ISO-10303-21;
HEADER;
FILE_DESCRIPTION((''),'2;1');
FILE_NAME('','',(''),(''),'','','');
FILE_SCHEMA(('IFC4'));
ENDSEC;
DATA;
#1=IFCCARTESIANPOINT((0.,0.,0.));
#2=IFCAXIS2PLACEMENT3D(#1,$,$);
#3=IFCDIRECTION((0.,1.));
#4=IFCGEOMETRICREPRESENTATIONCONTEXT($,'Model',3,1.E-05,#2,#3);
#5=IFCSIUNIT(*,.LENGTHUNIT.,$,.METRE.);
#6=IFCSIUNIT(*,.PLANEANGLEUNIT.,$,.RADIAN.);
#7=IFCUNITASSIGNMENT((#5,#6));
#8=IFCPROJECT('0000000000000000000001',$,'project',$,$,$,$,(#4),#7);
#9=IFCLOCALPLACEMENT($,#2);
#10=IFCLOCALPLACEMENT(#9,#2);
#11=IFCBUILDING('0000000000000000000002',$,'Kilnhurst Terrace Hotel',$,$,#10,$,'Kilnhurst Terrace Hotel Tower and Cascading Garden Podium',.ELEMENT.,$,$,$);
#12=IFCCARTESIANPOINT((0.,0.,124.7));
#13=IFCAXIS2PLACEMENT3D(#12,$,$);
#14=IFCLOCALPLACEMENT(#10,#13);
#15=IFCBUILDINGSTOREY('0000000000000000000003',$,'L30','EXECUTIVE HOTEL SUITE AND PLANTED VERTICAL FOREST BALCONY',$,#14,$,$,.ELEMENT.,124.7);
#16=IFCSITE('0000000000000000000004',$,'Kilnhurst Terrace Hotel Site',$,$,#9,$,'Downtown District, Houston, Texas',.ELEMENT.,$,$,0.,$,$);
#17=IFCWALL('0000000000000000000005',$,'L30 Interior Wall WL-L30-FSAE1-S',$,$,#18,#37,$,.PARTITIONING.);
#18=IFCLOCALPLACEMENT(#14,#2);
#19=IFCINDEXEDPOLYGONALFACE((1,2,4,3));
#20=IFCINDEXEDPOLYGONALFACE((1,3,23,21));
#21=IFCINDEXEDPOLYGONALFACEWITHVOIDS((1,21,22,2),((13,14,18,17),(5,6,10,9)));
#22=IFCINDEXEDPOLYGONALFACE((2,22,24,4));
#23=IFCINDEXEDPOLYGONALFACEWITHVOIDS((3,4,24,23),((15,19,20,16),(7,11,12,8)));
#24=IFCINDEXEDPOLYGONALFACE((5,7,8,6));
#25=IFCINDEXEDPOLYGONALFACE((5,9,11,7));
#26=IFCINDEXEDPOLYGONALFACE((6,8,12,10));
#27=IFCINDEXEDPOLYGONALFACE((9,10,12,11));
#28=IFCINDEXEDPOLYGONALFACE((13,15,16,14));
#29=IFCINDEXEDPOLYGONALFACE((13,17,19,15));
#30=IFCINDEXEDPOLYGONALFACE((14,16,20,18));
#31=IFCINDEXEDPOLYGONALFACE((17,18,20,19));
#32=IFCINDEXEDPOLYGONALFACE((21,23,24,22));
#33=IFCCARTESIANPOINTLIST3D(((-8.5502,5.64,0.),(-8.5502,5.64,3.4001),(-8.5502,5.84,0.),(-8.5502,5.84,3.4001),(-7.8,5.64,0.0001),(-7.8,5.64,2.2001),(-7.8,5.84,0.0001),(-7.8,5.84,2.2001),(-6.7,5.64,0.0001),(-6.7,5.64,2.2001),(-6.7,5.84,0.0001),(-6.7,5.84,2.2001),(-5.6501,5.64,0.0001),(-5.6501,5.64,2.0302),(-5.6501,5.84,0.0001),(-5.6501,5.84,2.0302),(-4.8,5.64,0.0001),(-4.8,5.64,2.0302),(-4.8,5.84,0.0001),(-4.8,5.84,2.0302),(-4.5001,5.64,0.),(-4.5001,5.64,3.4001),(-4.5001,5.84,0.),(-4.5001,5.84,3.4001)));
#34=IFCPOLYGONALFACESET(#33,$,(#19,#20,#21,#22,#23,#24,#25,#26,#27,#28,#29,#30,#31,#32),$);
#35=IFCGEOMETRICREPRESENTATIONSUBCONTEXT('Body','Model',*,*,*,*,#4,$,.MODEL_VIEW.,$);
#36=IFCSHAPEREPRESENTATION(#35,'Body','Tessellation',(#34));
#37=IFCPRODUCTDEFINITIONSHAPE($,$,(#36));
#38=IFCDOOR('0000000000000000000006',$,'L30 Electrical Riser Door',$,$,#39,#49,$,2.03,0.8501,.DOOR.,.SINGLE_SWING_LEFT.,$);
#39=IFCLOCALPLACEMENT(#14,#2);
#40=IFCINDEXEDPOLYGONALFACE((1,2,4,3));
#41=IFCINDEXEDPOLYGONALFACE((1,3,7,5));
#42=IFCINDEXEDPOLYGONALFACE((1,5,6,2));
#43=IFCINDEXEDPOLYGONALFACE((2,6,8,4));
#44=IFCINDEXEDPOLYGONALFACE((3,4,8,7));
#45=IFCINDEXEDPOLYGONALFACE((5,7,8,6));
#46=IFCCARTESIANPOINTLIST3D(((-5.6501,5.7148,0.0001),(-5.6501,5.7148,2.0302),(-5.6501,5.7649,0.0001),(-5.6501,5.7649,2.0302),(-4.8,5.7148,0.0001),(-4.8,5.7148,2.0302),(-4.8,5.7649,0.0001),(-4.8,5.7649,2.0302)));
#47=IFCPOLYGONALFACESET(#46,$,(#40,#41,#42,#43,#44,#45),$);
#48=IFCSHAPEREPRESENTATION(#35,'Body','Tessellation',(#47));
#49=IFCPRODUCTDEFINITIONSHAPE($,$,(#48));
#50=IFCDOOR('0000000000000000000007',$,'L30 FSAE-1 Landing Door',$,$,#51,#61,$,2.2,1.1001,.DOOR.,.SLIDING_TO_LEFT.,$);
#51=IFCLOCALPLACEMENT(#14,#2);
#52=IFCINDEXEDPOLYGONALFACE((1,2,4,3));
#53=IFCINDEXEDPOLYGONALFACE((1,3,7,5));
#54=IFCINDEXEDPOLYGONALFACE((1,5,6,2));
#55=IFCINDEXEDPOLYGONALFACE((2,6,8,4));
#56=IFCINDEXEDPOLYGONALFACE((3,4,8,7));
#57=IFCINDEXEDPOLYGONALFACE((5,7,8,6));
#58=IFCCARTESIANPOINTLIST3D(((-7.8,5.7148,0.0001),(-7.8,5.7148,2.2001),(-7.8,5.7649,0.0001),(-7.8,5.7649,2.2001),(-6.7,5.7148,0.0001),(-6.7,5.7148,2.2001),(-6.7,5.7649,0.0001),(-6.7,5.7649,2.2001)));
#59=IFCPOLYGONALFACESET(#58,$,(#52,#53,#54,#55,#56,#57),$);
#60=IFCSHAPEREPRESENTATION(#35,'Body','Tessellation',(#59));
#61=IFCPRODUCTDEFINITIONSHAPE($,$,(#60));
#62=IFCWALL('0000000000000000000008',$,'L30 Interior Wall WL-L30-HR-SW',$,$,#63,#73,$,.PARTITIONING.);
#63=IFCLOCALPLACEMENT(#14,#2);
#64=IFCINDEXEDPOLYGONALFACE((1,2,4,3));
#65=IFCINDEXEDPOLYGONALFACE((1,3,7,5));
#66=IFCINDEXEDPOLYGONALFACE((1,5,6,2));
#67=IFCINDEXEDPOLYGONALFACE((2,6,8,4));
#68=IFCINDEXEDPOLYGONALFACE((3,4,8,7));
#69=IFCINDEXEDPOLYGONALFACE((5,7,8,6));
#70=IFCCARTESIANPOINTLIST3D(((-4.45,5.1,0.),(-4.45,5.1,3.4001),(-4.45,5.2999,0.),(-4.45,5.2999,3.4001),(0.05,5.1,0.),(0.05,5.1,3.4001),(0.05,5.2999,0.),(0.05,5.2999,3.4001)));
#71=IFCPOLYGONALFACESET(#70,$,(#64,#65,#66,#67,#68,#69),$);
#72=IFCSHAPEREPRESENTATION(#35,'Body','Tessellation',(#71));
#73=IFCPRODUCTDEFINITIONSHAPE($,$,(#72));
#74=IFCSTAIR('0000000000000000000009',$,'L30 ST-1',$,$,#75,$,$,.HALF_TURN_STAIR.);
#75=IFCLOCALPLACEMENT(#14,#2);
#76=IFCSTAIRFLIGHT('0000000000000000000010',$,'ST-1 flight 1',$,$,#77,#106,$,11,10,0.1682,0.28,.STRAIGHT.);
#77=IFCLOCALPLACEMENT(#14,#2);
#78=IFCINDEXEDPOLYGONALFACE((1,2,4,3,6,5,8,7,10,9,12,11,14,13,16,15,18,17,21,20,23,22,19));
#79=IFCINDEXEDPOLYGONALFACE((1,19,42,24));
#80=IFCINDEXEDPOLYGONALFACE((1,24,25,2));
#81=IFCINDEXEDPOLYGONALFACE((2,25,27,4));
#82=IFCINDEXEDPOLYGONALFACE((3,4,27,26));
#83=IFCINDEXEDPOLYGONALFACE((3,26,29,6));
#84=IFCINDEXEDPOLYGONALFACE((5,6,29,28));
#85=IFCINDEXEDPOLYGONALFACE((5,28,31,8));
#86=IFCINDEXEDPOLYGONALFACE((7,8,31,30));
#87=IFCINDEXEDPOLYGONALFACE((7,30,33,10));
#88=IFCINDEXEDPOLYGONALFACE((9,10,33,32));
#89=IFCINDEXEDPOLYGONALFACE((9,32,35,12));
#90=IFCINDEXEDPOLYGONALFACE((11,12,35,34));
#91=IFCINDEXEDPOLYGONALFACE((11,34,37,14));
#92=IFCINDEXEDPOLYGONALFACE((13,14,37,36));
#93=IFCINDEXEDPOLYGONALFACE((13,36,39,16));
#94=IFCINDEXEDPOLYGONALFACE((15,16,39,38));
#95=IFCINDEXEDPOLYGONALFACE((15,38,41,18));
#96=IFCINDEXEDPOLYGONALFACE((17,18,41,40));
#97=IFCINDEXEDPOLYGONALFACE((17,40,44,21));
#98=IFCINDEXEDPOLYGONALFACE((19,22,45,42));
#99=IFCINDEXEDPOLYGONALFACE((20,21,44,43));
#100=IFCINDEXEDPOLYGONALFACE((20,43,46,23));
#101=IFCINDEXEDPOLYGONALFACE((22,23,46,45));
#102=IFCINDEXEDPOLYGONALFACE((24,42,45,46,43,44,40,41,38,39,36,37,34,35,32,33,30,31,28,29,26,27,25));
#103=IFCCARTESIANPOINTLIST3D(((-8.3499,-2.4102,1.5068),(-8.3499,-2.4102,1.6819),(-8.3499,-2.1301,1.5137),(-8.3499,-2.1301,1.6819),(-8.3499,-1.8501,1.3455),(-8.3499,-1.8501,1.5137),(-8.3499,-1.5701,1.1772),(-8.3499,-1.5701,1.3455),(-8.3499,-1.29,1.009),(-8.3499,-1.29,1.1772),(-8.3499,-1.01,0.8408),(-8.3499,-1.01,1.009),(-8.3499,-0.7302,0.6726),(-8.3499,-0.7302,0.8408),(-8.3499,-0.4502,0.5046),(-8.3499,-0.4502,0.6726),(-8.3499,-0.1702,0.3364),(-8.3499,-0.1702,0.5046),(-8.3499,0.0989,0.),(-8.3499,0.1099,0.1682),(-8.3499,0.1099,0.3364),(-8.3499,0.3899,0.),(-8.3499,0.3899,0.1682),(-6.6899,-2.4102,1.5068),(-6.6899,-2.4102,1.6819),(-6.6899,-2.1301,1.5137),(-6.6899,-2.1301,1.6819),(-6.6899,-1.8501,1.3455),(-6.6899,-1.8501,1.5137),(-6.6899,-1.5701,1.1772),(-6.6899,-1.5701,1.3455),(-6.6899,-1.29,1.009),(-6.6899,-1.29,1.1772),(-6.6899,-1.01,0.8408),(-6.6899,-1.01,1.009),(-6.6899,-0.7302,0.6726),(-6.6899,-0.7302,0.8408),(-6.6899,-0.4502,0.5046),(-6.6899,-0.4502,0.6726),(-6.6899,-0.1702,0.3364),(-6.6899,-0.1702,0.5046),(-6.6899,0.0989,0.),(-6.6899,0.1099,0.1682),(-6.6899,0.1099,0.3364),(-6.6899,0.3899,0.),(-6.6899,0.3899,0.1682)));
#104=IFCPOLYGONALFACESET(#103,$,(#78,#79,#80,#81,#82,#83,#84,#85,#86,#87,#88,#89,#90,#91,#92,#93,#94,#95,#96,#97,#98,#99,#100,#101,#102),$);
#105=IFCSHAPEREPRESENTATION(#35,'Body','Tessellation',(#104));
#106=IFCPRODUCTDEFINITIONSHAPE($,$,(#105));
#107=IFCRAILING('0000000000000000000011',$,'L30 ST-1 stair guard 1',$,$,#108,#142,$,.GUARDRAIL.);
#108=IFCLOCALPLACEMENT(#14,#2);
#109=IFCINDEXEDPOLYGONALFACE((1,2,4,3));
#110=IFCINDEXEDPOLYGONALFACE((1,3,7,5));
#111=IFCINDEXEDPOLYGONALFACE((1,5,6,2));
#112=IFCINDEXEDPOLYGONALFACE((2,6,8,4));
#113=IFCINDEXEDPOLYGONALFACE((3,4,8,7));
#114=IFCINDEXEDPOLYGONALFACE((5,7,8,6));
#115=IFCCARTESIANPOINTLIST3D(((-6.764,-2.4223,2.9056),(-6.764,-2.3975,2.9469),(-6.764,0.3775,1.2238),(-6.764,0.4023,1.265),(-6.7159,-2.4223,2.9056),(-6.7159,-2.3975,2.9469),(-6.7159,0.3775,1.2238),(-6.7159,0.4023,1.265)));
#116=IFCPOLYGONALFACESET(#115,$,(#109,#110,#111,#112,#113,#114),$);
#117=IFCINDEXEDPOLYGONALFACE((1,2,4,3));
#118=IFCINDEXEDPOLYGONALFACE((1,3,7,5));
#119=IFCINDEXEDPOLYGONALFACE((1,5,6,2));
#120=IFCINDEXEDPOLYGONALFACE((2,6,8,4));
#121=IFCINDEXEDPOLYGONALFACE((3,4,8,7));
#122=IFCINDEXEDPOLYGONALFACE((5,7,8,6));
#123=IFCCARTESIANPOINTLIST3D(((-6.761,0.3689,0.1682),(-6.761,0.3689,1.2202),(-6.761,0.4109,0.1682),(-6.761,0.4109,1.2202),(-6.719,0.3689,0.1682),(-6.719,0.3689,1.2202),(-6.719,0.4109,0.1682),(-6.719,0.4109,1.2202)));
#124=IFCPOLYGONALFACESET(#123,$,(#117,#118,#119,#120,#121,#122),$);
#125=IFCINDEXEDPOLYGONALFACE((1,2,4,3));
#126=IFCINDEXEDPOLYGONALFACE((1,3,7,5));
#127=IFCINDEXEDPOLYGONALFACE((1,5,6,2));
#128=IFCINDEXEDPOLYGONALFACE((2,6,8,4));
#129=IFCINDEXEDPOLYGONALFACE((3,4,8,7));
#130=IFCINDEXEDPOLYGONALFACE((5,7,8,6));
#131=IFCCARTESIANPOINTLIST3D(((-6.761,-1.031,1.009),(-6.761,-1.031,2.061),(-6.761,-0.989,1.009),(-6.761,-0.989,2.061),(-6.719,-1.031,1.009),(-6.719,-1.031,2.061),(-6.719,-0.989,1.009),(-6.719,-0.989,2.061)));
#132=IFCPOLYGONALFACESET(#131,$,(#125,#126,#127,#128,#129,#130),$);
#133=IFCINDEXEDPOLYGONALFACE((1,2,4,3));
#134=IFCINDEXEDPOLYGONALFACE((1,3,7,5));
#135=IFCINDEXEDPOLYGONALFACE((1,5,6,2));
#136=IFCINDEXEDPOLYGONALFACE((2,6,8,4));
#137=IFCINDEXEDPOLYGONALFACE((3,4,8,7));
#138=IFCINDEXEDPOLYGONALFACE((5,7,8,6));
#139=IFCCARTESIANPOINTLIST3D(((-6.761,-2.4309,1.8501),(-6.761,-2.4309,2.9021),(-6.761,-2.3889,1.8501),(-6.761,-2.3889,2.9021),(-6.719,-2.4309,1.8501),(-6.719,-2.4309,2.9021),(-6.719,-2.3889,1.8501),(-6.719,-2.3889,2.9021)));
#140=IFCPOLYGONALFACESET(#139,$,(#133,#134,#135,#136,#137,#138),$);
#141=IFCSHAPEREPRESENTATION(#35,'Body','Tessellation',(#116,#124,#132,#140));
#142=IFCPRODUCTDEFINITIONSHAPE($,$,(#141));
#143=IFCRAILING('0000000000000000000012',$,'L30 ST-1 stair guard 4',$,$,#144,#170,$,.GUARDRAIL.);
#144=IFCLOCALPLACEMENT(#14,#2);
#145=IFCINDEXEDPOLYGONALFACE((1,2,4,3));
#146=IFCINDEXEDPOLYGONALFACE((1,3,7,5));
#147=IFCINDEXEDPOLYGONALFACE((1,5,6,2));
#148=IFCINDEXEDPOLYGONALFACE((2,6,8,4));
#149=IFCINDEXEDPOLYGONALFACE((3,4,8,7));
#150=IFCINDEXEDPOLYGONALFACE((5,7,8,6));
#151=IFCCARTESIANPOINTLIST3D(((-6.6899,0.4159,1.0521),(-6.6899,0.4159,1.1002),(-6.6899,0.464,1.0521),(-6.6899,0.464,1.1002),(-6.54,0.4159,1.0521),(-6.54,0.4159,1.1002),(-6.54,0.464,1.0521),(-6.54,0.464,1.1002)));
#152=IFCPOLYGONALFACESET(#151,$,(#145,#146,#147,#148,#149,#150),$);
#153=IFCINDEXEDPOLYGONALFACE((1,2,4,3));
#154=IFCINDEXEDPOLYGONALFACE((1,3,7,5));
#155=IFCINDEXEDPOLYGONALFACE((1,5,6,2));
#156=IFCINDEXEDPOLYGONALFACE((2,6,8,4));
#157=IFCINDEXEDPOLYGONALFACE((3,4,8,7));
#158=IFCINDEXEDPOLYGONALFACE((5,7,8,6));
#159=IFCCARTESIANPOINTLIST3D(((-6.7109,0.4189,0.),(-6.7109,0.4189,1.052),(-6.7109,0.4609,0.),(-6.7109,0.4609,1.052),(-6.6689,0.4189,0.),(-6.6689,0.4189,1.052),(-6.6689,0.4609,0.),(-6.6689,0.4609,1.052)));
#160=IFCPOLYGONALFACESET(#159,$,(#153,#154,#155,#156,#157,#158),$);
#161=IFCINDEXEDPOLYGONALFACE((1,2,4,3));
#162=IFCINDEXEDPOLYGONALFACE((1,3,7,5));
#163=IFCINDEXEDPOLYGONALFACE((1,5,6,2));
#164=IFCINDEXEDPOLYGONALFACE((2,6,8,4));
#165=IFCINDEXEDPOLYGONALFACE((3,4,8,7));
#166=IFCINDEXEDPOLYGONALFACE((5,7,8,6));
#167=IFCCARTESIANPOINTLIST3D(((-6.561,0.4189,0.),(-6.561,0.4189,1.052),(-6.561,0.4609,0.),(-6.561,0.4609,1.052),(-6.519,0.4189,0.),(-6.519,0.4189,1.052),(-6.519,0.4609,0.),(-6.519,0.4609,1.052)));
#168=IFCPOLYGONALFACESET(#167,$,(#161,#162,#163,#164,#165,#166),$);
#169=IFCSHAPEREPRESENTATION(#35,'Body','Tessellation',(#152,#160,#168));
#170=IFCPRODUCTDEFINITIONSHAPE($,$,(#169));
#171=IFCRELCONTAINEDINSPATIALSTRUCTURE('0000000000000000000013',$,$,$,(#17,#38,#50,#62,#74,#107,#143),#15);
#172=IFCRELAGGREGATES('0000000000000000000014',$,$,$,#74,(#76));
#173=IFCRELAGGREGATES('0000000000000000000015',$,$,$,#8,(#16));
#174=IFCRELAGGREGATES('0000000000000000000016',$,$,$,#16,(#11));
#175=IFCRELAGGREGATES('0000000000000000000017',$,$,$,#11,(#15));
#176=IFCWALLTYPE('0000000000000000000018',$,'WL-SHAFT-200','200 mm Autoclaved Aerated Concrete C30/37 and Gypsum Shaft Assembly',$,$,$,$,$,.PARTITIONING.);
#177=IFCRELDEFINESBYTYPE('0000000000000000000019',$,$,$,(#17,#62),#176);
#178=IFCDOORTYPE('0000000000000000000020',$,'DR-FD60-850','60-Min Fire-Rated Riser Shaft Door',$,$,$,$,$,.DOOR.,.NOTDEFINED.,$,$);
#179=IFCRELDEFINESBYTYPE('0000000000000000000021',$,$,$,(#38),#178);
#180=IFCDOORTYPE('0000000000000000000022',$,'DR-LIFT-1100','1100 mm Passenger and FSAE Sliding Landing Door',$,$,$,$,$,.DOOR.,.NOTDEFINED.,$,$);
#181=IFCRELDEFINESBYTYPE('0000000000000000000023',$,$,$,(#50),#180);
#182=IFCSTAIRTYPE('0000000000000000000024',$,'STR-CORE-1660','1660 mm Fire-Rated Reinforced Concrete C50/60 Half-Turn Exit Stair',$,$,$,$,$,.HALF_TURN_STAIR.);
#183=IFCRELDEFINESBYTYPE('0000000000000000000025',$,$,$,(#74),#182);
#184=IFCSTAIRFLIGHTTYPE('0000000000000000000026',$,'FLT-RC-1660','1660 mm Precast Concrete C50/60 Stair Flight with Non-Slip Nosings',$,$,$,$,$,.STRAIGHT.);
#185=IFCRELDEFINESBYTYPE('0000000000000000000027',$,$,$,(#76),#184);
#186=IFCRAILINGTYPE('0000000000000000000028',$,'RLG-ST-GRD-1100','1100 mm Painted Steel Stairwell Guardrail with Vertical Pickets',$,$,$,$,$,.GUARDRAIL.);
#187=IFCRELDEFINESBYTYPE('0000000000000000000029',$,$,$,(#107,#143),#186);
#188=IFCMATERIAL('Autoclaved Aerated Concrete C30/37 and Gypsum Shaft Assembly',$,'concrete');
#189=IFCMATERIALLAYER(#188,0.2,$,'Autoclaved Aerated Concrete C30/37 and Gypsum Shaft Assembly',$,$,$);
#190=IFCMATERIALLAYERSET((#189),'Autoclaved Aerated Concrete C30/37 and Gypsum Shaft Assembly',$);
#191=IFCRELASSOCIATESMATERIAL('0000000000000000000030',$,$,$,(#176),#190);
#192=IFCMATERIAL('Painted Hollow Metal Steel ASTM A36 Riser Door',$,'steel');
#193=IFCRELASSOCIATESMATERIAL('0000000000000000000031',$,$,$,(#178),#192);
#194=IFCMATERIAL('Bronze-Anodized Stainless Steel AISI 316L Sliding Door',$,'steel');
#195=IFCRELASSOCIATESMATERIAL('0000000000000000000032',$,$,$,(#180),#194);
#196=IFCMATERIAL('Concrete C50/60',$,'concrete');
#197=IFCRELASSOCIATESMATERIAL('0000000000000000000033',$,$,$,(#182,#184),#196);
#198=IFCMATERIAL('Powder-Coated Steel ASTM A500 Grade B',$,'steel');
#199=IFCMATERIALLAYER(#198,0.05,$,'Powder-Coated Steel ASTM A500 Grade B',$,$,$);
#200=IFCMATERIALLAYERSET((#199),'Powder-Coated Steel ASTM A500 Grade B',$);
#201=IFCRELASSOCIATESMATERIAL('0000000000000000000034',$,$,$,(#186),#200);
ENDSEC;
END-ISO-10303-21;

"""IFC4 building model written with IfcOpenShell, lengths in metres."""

from ifc_helpers import new_model, si_unit, direction, frame, frame_2d, origin, origin_2d, place, context, subcontext, project, spatial, polyline, rectangle, outline, extrude, material, layer, layer_set, type_object, element, fill, aggregate, save


model = new_model("IFC4")

# Units and contexts
model_context = context("Model", 3, precision=1e-05, world=origin(), true_north=direction((0.0, 1.0)))
body_context = subcontext(model_context, "Body", "Model", "MODEL_VIEW")
ifc_project = project(units=[si_unit("LENGTHUNIT", "METRE"), si_unit("PLANEANGLEUNIT", "RADIAN")], contexts=[model_context])

# Site, building, storey
site_placement = place(None, origin())
site = spatial("IfcSite", under=ifc_project, at=site_placement, Name="Kilnhurst Terrace Hotel Site", LongName="Downtown District, Houston, Texas", CompositionType="ELEMENT", RefElevation=0.0)
building_placement = place(site_placement, origin())
building = spatial("IfcBuilding", under=site, at=building_placement, Name="Kilnhurst Terrace Hotel", LongName="Kilnhurst Terrace Hotel Tower and Cascading Garden Podium", CompositionType="ELEMENT")
storey_placement = place(building_placement, frame((0.0, 0.0, 124.7)))
storey = spatial("IfcBuildingStorey", under=building, at=storey_placement, Name="L30", Description="EXECUTIVE HOTEL SUITE AND PLANTED VERTICAL FOREST BALCONY", CompositionType="ELEMENT", Elevation=124.7)

# Shared definitions
ifc_material_1 = material(Name="Concrete C50/60", Category="concrete")

# Wall, openings, doors
ifc_material_2 = material(Name="Autoclaved Aerated Concrete C30/37 and Gypsum Shaft Assembly", Category="concrete")
ifc_layer_1 = layer(ifc_material_2, 0.2, Name="Autoclaved Aerated Concrete C30/37 and Gypsum Shaft Assembly")
ifc_layer_set_1 = layer_set([ifc_layer_1], Name="Autoclaved Aerated Concrete C30/37 and Gypsum Shaft Assembly")
wall_type_1 = type_object("IfcWallType", Name="WL-SHAFT-200", Description="200 mm Autoclaved Aerated Concrete C30/37 and Gypsum Shaft Assembly", PredefinedType="PARTITIONING", material=ifc_layer_set_1)
wall_1_placement = place(storey_placement, frame((-8.55, 5.74, 0.0), z_axis=(0.0, 0.0, 1.0), x_axis=(1.0, 0.0, 0.0)))
wall_1 = element("IfcWall", 1, at=wall_1_placement, inside=storey, type_object=wall_type_1, Name="L30 Interior Wall WL-L30-FSAE1-S", PredefinedType="PARTITIONING", context=body_context, shape_type="SweptSolid", body=[
    extrude(rectangle(XDim=4.05, YDim=0.2, at=frame_2d((2.0249, 0.0))), origin(), (0.0, 0.0, 1.0), 3.4001),
])
opening_1_placement = place(wall_1_placement, frame((0.75, 0.0, 0.0)))
opening_1 = element("IfcOpeningElement", 2, at=opening_1_placement, cuts=wall_1, PredefinedType="OPENING", context=body_context, shape_type="SweptSolid", body=[
    extrude(rectangle(XDim=1.1001, YDim=2.2, at=frame_2d((0.55, 1.1001))), frame((0.0, 0.1099, 0.0), z_axis=(0.0, -1.0, 0.0), x_axis=(1.0, 0.0, 0.0)), (0.0, 0.0, 1.0), 0.22),
])
opening_2_placement = place(wall_1_placement, frame((2.8999, 0.0, 0.0)))
opening_2 = element("IfcOpeningElement", 3, at=opening_2_placement, cuts=wall_1, PredefinedType="OPENING", context=body_context, shape_type="SweptSolid", body=[
    extrude(rectangle(XDim=0.8501, YDim=2.03, at=frame_2d((0.425, 1.0151))), frame((0.0, 0.1099, 0.0), z_axis=(0.0, -1.0, 0.0), x_axis=(1.0, 0.0, 0.0)), (0.0, 0.0, 1.0), 0.22),
])
ifc_material_3 = material(Name="Painted Hollow Metal Steel ASTM A36 Riser Door", Category="steel")
door_type_1 = type_object("IfcDoorType", Name="DR-FD60-850", Description="60-Min Fire-Rated Riser Shaft Door", OperationType="NOTDEFINED", PredefinedType="DOOR", material=ifc_material_3)
door_1_placement = place(opening_2_placement, origin())
door_1 = element("IfcDoor", 4, at=door_1_placement, inside=storey, type_object=door_type_1, Name="L30 Electrical Riser Door", OperationType="SINGLE_SWING_LEFT", OverallHeight=2.03, OverallWidth=0.8501, PredefinedType="DOOR", context=body_context, shape_type="SweptSolid", body=[
    extrude(rectangle(XDim=0.8501, YDim=2.03, at=frame_2d((0.425, 1.0151))), frame((0.0, 0.0249, 0.0), z_axis=(0.0, -1.0, 0.0), x_axis=(1.0, 0.0, 0.0)), (0.0, 0.0, 1.0), 0.05),
])
fill(opening_2, door_1)
ifc_material_4 = material(Name="Bronze-Anodized Stainless Steel AISI 316L Sliding Door", Category="steel")
door_type_2 = type_object("IfcDoorType", Name="DR-LIFT-1100", Description="1100 mm Passenger and FSAE Sliding Landing Door", OperationType="NOTDEFINED", PredefinedType="DOOR", material=ifc_material_4)
door_2_placement = place(opening_1_placement, origin())
door_2 = element("IfcDoor", 5, at=door_2_placement, inside=storey, type_object=door_type_2, Name="L30 FSAE-1 Landing Door", OperationType="SLIDING_TO_LEFT", OverallHeight=2.2, OverallWidth=1.1001, PredefinedType="DOOR", context=body_context, shape_type="SweptSolid", body=[
    extrude(rectangle(XDim=1.1001, YDim=2.2, at=frame_2d((0.55, 1.1001))), frame((0.0, 0.0249, 0.0), z_axis=(0.0, -1.0, 0.0), x_axis=(1.0, 0.0, 0.0)), (0.0, 0.0, 1.0), 0.05),
])
fill(opening_1, door_2)

# Wall
wall_2_placement = place(storey_placement, frame((-4.45, 5.2, 0.0), z_axis=(0.0, 0.0, 1.0), x_axis=(1.0, 0.0, 0.0)))
element("IfcWall", 6, at=wall_2_placement, inside=storey, type_object=wall_type_1, Name="L30 Interior Wall WL-L30-HR-SW", PredefinedType="PARTITIONING", context=body_context, shape_type="SweptSolid", body=[
    extrude(rectangle(XDim=4.5, YDim=0.2, at=frame_2d((2.25, 0.0))), origin(), (0.0, 0.0, 1.0), 3.4001),
])

# Stair, stair flight
stair_type = type_object("IfcStairType", Name="STR-CORE-1660", Description="1660 mm Fire-Rated Reinforced Concrete C50/60 Half-Turn Exit Stair", PredefinedType="HALF_TURN_STAIR", material=ifc_material_1)
stair_placement = place(storey_placement, origin())
stair = element("IfcStair", 7, at=stair_placement, inside=storey, type_object=stair_type, Name="L30 ST-1", PredefinedType="HALF_TURN_STAIR")
stair_flight_type = type_object("IfcStairFlightType", Name="FLT-RC-1660", Description="1660 mm Precast Concrete C50/60 Stair Flight with Non-Slip Nosings", PredefinedType="STRAIGHT", material=ifc_material_1)
stair_flight_placement = place(storey_placement, frame((-7.52, 0.3899, 0.0), z_axis=(0.0, 0.0, 1.0), x_axis=(0.0, -1.0, 0.0)))
stair_flight = element("IfcStairFlight", 8, at=stair_flight_placement, type_object=stair_flight_type, Name="ST-1 flight 1", NumberOfRisers=11, NumberOfTreads=10, PredefinedType="STRAIGHT", RiserHeight=0.1682, TreadLength=0.28, context=body_context, shape_type="SweptSolid", body=[
    extrude(outline(polyline([(0.0, 0.0), (0.0, 0.1682), (0.28, 0.1682), (0.28, 0.3364), (0.5601, 0.3364), (0.5601, 0.5046), (0.8401, 0.5046), (0.8401, 0.6726), (1.1201, 0.6726), (1.1201, 0.8408), (1.3999, 0.8408), (1.3999, 1.009), (1.6799, 1.009), (1.6799, 1.1772), (1.96, 1.1772), (1.96, 1.3455), (2.24, 1.3455), (2.24, 1.5137), (2.52, 1.5137), (2.52, 1.6819), (2.8, 1.6819), (2.8, 1.8501), (2.8, 1.5068), (0.291, 0.0), (0.0, 0.0)])), frame((0.0, 0.8301, 0.0), z_axis=(0.0, -1.0, 0.0), x_axis=(1.0, 0.0, 0.0)), (0.0, 0.0, 1.0), 1.6599),
])
aggregate(stair, [stair_flight])

# Railings
ifc_material_5 = material(Name="Powder-Coated Steel ASTM A500 Grade B", Category="steel")
ifc_layer_2 = layer(ifc_material_5, 0.05, Name="Powder-Coated Steel ASTM A500 Grade B")
ifc_layer_set_2 = layer_set([ifc_layer_2], Name="Powder-Coated Steel ASTM A500 Grade B")
railing_type_1 = type_object("IfcRailingType", Name="RLG-ST-GRD-1100", Description="1100 mm Painted Steel Stairwell Guardrail with Vertical Pickets", PredefinedType="GUARDRAIL", material=ifc_layer_set_2)
railing_1_placement = place(storey_placement, frame((-6.74, 0.3899, 0.1682)))
element("IfcRailing", 9, at=railing_1_placement, inside=storey, type_object=railing_type_1, Name="L30 ST-1 stair guard 1", PredefinedType="GUARDRAIL", context=body_context, shape_type="SweptSolid", body=[
    extrude(rectangle(XDim=0.0481, YDim=0.0481, at=origin_2d()), frame((0.0, 0.0, 1.0762), z_axis=(0.0, -0.857222, 0.514946), x_axis=(1.0, 0.0, 0.0)), (0.0, 0.0, 1.0), 3.2661),
    extrude(rectangle(XDim=0.042, YDim=0.042, at=origin_2d()), origin(), (0.0, 0.0, 1.0), 1.052),
    extrude(rectangle(XDim=0.042, YDim=0.042, at=origin_2d()), frame((0.0, -1.3999, 0.8408)), (0.0, 0.0, 1.0), 1.052),
    extrude(rectangle(XDim=0.042, YDim=0.042, at=origin_2d()), frame((0.0, -2.7998, 1.6819)), (0.0, 0.0, 1.0), 1.052),
])
railing_2_placement = place(storey_placement, frame((-6.6899, 0.4399, 0.0)))
element("IfcRailing", 10, at=railing_2_placement, inside=storey, type_object=railing_type_1, Name="L30 ST-1 stair guard 4", PredefinedType="GUARDRAIL", context=body_context, shape_type="SweptSolid", body=[
    extrude(rectangle(XDim=0.0481, YDim=0.0481, at=origin_2d()), frame((0.0, 0.0, 1.0762), z_axis=(1.0, 0.0, 0.0), x_axis=(0.0, 1.0, 0.0)), (0.0, 0.0, 1.0), 0.1499),
    extrude(rectangle(XDim=0.042, YDim=0.042, at=origin_2d()), origin(), (0.0, 0.0, 1.0), 1.052),
    extrude(rectangle(XDim=0.042, YDim=0.042, at=origin_2d()), frame((0.1499, 0.0, 0.0)), (0.0, 0.0, 1.0), 1.052),
])

save(model, "model.ifc")
